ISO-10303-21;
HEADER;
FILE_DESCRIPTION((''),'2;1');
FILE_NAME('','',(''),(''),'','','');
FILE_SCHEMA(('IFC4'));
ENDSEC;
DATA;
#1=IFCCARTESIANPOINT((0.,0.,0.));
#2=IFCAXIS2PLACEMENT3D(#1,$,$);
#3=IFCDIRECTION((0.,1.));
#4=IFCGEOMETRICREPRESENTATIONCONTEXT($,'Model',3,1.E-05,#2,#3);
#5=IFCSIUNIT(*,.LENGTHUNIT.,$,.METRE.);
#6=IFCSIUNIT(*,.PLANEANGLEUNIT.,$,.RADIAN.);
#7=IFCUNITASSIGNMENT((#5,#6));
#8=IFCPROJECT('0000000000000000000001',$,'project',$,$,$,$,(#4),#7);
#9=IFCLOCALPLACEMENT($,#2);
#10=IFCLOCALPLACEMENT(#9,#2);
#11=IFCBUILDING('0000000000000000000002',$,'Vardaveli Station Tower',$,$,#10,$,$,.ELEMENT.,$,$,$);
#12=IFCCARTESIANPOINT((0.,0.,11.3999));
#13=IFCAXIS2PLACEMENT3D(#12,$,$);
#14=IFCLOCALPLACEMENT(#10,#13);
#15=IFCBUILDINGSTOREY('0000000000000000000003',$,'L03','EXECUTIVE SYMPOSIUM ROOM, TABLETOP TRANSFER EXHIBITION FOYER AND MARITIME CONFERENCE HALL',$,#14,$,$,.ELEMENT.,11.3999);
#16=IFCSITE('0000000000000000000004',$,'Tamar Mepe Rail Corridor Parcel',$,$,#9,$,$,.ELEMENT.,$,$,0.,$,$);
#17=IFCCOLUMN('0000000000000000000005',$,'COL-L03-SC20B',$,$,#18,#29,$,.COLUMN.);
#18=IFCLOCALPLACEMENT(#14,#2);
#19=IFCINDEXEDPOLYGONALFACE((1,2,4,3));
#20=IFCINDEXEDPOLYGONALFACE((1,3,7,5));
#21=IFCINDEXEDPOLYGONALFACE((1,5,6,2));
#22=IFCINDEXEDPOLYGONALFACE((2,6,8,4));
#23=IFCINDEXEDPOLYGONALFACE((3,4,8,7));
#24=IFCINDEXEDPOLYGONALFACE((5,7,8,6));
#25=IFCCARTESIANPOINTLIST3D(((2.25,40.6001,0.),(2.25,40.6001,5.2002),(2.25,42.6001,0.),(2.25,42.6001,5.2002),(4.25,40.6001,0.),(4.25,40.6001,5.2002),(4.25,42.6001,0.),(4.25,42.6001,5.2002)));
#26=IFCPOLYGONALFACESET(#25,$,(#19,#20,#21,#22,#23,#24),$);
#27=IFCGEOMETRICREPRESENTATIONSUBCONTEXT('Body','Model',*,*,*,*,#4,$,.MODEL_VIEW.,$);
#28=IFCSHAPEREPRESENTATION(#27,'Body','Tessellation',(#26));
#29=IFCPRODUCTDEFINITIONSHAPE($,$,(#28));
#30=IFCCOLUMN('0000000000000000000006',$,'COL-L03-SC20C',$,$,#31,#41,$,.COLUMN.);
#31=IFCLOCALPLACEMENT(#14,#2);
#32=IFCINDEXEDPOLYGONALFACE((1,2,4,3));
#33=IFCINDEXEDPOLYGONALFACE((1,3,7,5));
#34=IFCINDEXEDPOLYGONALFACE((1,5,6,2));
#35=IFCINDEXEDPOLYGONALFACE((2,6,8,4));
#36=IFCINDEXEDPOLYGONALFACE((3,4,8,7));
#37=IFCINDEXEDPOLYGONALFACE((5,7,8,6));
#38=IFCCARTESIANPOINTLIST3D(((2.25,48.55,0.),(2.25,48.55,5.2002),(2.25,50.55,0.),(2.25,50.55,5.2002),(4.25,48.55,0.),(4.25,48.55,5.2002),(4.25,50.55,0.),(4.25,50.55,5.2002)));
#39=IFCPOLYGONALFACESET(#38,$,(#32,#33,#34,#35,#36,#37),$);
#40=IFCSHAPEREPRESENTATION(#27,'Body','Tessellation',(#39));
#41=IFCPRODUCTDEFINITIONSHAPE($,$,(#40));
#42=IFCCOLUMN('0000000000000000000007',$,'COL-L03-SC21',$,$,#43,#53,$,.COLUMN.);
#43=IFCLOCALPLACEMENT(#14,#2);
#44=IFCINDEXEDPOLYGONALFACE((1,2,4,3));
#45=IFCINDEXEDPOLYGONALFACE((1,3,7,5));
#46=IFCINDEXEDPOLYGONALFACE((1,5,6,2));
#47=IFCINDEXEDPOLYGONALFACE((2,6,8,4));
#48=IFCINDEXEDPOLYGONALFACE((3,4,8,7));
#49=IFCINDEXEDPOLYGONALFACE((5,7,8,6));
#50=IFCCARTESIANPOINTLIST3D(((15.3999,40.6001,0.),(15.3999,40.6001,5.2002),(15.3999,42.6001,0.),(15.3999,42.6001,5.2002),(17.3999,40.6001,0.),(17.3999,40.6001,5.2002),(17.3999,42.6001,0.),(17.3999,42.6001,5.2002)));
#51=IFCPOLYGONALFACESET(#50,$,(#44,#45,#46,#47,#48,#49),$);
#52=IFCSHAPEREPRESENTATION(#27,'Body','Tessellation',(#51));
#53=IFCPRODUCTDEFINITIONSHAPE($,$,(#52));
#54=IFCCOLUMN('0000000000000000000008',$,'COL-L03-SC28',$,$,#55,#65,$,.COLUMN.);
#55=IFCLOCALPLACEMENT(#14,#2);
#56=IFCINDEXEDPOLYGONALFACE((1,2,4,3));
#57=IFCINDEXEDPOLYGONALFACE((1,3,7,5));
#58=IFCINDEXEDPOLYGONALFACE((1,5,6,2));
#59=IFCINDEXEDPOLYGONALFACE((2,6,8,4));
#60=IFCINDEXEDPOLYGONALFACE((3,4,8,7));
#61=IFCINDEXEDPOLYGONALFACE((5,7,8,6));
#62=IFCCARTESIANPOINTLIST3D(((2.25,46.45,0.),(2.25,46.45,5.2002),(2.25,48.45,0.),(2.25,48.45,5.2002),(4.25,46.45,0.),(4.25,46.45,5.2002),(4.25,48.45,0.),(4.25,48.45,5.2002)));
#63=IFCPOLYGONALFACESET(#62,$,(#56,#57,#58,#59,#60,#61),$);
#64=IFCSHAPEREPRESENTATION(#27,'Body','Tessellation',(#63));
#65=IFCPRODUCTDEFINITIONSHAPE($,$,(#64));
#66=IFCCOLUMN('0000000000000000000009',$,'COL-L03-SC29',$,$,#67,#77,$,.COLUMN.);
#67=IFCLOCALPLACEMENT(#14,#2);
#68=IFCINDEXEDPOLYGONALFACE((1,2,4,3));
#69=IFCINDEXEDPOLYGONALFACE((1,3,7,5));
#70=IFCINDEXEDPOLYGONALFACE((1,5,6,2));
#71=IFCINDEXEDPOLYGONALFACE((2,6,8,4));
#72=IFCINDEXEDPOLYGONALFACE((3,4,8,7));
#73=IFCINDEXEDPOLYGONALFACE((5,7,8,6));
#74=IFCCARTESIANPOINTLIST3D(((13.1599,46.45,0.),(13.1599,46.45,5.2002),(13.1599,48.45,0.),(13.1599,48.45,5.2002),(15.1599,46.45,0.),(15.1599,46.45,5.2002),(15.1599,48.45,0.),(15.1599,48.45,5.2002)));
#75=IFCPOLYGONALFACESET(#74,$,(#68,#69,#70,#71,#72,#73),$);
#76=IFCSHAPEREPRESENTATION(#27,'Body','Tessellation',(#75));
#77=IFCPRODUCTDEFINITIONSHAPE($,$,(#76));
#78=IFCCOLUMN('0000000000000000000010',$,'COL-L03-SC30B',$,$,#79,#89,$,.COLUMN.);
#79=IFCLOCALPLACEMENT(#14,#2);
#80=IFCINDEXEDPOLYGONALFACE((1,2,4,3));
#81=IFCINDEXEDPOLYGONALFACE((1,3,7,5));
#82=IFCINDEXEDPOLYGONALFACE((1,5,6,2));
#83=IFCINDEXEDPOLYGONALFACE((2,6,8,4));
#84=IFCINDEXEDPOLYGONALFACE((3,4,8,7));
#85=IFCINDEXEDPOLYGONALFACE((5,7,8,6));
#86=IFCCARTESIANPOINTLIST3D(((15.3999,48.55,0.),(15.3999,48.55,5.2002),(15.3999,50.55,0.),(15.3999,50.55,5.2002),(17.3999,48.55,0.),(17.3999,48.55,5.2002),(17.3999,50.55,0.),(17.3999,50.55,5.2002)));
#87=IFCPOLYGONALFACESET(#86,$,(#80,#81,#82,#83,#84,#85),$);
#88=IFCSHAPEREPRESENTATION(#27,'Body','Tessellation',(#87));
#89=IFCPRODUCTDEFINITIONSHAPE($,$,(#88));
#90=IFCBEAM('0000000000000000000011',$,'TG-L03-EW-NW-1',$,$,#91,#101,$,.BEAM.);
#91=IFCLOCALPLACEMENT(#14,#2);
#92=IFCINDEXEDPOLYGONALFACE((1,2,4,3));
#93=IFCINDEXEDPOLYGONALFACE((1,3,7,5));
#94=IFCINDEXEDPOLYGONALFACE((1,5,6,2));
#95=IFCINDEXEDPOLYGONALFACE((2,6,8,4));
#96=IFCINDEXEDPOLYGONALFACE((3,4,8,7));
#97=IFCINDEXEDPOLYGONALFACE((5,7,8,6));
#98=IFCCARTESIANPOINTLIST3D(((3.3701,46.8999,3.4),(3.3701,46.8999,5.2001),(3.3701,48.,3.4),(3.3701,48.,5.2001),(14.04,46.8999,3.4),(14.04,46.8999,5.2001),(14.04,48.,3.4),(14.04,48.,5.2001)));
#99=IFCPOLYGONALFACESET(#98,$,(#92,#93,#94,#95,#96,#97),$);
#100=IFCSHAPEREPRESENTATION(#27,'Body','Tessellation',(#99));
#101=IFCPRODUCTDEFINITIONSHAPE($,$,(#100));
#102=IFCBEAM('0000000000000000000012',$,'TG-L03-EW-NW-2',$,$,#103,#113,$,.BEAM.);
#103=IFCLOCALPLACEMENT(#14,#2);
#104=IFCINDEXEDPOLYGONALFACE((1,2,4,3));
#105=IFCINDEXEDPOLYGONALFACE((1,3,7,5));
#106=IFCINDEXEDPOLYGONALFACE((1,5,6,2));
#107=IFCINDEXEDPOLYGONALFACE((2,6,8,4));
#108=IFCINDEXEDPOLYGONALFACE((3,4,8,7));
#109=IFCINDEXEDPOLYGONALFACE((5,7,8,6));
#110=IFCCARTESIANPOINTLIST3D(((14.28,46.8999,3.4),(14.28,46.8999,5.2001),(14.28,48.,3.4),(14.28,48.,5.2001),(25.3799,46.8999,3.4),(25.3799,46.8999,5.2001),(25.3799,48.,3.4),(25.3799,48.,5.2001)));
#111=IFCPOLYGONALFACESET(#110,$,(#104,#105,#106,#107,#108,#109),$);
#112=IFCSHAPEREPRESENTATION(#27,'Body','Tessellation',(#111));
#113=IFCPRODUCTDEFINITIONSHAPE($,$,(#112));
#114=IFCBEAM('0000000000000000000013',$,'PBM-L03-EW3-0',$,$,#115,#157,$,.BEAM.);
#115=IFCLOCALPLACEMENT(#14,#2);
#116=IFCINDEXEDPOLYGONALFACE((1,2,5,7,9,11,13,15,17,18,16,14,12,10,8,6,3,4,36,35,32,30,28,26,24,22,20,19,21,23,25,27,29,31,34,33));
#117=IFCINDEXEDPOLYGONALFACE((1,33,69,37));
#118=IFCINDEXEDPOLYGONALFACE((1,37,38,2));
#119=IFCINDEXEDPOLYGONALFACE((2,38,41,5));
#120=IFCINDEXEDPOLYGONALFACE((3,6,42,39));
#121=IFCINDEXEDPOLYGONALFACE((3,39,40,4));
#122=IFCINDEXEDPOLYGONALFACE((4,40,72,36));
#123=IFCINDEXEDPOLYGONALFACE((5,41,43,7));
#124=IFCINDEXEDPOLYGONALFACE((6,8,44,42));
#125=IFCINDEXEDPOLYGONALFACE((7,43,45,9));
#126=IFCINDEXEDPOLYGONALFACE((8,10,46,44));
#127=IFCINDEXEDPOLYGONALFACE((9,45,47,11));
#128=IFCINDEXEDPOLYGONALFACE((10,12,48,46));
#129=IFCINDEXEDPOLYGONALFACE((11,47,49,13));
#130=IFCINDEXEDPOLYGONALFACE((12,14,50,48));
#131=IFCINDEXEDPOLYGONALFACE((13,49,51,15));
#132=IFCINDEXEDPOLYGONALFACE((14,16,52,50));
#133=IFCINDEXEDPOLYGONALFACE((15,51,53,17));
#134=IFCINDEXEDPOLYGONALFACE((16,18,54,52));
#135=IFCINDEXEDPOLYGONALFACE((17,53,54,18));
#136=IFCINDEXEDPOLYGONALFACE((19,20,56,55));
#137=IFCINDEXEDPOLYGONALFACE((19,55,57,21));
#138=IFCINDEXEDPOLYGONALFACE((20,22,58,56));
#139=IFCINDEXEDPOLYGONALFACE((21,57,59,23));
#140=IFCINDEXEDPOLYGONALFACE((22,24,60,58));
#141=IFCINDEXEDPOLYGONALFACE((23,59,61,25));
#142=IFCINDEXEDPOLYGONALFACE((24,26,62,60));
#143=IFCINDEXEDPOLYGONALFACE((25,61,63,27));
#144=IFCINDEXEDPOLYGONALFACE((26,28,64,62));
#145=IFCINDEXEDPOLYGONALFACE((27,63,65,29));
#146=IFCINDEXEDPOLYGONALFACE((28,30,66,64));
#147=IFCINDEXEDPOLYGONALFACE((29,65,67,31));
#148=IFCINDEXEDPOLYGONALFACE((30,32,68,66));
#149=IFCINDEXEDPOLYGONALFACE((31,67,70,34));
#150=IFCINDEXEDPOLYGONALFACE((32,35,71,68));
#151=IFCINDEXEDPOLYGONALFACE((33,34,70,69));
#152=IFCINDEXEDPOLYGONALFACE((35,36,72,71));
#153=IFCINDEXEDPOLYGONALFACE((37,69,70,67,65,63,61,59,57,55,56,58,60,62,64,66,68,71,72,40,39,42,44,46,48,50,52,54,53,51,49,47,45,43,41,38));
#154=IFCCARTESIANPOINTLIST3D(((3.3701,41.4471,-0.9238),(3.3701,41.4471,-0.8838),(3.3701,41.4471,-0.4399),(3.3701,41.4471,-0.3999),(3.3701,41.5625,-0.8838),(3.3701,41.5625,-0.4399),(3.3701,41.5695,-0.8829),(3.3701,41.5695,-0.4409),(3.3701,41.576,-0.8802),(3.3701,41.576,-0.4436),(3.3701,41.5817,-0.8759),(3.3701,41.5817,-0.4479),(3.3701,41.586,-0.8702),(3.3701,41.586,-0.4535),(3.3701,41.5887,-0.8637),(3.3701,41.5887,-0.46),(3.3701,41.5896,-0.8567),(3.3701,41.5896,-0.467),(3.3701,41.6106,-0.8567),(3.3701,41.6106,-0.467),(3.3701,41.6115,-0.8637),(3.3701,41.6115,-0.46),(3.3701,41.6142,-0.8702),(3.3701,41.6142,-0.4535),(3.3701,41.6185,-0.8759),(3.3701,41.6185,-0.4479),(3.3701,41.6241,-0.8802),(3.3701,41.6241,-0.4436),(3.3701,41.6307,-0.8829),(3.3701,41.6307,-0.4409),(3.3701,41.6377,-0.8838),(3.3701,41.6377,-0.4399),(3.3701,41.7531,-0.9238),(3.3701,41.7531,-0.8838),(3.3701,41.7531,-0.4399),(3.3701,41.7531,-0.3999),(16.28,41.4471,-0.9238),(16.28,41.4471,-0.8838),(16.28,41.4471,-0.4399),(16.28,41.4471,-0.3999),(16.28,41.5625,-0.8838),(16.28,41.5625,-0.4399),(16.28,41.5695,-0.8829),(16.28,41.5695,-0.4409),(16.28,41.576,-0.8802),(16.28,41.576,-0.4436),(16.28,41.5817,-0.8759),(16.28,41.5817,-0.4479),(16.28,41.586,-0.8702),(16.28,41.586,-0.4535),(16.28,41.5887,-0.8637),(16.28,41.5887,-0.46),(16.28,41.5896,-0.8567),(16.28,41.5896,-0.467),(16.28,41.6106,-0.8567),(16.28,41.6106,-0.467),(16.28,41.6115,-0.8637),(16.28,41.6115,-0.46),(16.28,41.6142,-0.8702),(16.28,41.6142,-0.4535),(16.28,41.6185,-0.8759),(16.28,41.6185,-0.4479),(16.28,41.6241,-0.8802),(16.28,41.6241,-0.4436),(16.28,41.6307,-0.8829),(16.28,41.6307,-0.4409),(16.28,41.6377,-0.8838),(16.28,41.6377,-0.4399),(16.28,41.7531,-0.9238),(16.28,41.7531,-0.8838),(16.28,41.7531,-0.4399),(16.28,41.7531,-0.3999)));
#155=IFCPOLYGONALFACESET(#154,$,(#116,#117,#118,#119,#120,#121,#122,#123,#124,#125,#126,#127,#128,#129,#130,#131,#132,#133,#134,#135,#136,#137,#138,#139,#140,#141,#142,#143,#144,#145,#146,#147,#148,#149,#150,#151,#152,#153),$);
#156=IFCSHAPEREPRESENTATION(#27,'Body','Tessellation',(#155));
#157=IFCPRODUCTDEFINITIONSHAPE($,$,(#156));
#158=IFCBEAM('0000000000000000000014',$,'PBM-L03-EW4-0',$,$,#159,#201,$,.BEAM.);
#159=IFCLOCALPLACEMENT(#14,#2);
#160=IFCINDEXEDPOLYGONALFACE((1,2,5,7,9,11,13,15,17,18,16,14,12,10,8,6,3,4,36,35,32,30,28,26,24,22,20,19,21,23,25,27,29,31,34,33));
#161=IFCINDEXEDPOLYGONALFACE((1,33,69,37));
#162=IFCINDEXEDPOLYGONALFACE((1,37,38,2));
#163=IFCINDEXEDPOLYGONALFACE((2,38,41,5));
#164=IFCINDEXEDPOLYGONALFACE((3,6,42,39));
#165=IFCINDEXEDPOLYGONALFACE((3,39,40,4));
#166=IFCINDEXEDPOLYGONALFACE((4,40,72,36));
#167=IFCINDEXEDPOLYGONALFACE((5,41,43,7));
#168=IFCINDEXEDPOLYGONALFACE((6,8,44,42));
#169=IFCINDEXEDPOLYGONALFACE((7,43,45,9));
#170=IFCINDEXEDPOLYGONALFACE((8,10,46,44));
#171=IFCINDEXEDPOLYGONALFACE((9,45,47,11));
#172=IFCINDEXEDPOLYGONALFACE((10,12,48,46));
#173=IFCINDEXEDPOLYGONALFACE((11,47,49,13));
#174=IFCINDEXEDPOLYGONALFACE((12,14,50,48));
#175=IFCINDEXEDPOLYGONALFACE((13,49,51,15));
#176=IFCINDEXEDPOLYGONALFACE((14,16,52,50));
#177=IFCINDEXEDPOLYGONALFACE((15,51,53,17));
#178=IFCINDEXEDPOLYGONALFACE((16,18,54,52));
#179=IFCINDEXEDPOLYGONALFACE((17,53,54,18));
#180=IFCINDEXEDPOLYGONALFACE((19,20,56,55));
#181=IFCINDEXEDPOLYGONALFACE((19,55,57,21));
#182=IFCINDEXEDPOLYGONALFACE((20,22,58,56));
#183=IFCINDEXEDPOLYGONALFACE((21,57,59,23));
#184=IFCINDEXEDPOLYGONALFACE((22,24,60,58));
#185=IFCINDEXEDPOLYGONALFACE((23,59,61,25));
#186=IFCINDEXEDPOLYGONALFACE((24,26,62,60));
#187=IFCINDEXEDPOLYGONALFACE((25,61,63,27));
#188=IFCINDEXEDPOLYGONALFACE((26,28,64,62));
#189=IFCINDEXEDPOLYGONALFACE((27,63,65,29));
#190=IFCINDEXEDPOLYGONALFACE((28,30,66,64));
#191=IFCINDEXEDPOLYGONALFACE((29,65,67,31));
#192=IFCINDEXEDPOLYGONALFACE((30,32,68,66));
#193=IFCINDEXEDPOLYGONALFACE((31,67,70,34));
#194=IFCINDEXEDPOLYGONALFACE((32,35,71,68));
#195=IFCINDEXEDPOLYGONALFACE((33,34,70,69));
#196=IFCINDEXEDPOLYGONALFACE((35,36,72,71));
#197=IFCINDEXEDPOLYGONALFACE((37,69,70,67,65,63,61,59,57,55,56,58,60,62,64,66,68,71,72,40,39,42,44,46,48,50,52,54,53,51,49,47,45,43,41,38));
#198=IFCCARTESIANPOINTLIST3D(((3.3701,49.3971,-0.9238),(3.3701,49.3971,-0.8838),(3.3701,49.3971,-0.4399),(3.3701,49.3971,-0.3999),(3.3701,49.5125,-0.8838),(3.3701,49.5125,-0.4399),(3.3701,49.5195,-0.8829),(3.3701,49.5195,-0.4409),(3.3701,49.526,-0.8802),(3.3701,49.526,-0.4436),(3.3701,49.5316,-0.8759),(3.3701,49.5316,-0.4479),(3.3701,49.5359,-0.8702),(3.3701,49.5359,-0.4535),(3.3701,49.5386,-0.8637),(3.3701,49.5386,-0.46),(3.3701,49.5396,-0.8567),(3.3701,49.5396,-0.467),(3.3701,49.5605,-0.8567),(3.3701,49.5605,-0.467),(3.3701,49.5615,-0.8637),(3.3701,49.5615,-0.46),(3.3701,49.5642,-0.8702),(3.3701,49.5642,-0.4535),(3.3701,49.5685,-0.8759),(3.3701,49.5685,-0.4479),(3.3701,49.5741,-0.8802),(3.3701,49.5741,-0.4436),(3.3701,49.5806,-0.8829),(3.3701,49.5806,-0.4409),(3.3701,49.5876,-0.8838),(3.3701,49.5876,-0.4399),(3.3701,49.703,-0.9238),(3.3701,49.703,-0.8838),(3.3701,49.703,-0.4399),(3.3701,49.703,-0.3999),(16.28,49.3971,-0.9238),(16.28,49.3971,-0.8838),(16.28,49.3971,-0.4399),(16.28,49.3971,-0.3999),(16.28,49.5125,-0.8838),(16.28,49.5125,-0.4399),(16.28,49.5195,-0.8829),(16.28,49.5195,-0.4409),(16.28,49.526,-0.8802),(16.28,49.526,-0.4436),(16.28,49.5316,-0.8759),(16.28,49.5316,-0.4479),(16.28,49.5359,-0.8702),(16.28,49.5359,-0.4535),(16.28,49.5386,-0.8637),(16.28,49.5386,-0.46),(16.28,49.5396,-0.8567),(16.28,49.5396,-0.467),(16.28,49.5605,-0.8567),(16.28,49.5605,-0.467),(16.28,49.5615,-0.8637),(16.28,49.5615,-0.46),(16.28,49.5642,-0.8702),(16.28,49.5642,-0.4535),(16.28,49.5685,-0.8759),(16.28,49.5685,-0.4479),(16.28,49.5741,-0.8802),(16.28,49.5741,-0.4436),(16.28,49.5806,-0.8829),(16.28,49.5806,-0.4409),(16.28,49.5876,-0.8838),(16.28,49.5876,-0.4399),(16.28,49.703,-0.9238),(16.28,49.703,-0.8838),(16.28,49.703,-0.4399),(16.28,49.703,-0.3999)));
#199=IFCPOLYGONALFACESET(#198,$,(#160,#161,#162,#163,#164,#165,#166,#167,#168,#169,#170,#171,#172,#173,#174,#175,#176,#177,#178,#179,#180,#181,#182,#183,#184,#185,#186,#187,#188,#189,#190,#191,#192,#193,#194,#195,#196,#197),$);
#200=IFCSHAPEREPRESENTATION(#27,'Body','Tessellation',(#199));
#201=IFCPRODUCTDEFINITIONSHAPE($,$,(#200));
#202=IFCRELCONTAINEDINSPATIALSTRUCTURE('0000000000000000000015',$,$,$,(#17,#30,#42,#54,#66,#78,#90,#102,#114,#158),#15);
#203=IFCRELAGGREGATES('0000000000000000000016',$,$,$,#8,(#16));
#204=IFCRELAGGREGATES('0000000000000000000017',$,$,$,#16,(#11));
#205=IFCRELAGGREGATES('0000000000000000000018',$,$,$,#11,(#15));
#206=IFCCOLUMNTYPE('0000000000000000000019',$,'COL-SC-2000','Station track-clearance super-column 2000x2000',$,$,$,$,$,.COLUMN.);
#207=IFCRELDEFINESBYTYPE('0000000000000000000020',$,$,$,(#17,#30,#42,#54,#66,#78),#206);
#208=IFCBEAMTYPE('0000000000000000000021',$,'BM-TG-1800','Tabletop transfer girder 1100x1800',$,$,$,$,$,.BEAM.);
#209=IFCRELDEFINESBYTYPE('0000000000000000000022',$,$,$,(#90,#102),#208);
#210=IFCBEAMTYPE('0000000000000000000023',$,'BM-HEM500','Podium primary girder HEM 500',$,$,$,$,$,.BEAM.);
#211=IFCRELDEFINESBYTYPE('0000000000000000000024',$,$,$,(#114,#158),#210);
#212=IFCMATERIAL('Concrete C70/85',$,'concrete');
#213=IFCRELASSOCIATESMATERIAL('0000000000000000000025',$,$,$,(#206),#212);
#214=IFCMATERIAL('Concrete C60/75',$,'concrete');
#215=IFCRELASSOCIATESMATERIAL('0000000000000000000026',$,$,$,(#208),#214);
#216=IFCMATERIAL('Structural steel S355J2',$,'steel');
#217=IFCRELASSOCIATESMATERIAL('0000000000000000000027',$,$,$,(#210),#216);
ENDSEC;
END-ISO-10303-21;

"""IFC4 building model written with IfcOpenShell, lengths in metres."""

from ifc_helpers import new_model, si_unit, direction, frame, origin, origin_2d, place, context, subcontext, project, spatial, rectangle, i_section, extrude, source, transform, mapped, material, material_profile, profile_set, type_object, element, save


model = new_model("IFC4")

# Units and contexts
model_context = context("Model", 3, precision=1e-05, world=origin(), true_north=direction((0.0, 1.0)))
body_context = subcontext(model_context, "Body", "Model", "MODEL_VIEW")
ifc_project = project(units=[si_unit("LENGTHUNIT", "METRE"), si_unit("PLANEANGLEUNIT", "RADIAN")], contexts=[model_context])

# Site, building, storey
site_placement = place(None, origin())
site = spatial("IfcSite", under=ifc_project, at=site_placement, Name="Tamar Mepe Rail Corridor Parcel", CompositionType="ELEMENT", RefElevation=0.0)
building_placement = place(site_placement, origin())
building = spatial("IfcBuilding", under=site, at=building_placement, Name="Vardaveli Station Tower", CompositionType="ELEMENT")
storey_placement = place(building_placement, frame((0.0, 0.0, 11.3999)))
storey = spatial("IfcBuildingStorey", under=building, at=storey_placement, Name="L03", Description="EXECUTIVE SYMPOSIUM ROOM, TABLETOP TRANSFER EXHIBITION FOYER AND MARITIME CONFERENCE HALL", CompositionType="ELEMENT", Elevation=11.3999)

# Columns
ifc_material_1 = material(Name="Concrete C70/85", Category="concrete")
ifc_material_profile_1 = material_profile(ifc_material_1, rectangle(XDim=2.0, YDim=2.0, at=origin_2d()), Name="SC 2000x2000")
ifc_profile_set_1 = profile_set([ifc_material_profile_1], Name="Concrete C70/85")
column_type = type_object("IfcColumnType", Name="COL-SC-2000", Description="Station track-clearance super-column 2000x2000", PredefinedType="COLUMN", material=ifc_profile_set_1)
shared_shape_1 = source(origin(), body_context, "Body", "SweptSolid", [
    extrude(rectangle(XDim=2.0, YDim=2.0, at=origin_2d()), origin(), (0.0, 0.0, 1.0), 5.2002),
])
for number, where, z_axis, x_axis, name in (
    (1, (3.25, 41.6001, 0.0), (0.0, 0.0, 1.0), (1.0, 0.0, 0.0), "COL-L03-SC20B"),
    (2, (3.25, 49.55, 0.0), (0.0, 0.0, 1.0), (1.0, 0.0, 0.0), "COL-L03-SC20C"),
    (3, (16.3999, 41.6001, 0.0), (0.0, 0.0, 1.0), (1.0, 0.0, 0.0), "COL-L03-SC21"),
    (4, (3.25, 47.45, 0.0), (0.0, 0.0, 1.0), (1.0, 0.0, 0.0), "COL-L03-SC28"),
    (5, (14.1599, 47.45, 0.0), (0.0, 0.0, 1.0), (1.0, 0.0, 0.0), "COL-L03-SC29"),
    (6, (16.3999, 49.55, 0.0), (0.0, 0.0, 1.0), (1.0, 0.0, 0.0), "COL-L03-SC30B"),
):
    element("IfcColumn", number, at=place(storey_placement, frame(where, z_axis=z_axis, x_axis=x_axis)), inside=storey, type_object=column_type, Name=name, PredefinedType="COLUMN", context=body_context, shape_type="MappedRepresentation", body=[
        mapped(shared_shape_1, transform((0.0, 0.0, 0.0), scale=1.0)),
    ])

# Beams
ifc_material_2 = material(Name="Concrete C60/75", Category="concrete")
ifc_material_profile_2 = material_profile(ifc_material_2, rectangle(XDim=1.1001, YDim=1.8, at=origin_2d()), Name="TG 1100x1800")
ifc_profile_set_2 = profile_set([ifc_material_profile_2], Name="Concrete C60/75")
beam_type_1 = type_object("IfcBeamType", Name="BM-TG-1800", Description="Tabletop transfer girder 1100x1800", PredefinedType="BEAM", material=ifc_profile_set_2)
shared_shape_2 = source(origin(), body_context, "Body", "SweptSolid", [
    extrude(rectangle(XDim=1.1001, YDim=1.8, at=origin_2d()), origin(), (0.0, 0.0, 1.0), 10.6699),
])
beam_1_placement = place(storey_placement, frame((3.3701, 47.45, 4.3), z_axis=(1.0, 0.0, 0.0), x_axis=(0.0, 1.0, 0.0)))
element("IfcBeam", 7, at=beam_1_placement, inside=storey, type_object=beam_type_1, Name="TG-L03-EW-NW-1", PredefinedType="BEAM", context=body_context, shape_type="MappedRepresentation", body=[
    mapped(shared_shape_2, transform((0.0, 0.0, 0.0), scale=1.0)),
])
shared_shape_3 = source(origin(), body_context, "Body", "SweptSolid", [
    extrude(rectangle(XDim=1.1001, YDim=1.8, at=origin_2d()), origin(), (0.0, 0.0, 1.0), 11.0999),
])
beam_2_placement = place(storey_placement, frame((14.28, 47.45, 4.3), z_axis=(1.0, 0.0, 0.0), x_axis=(0.0, 1.0, 0.0)))
element("IfcBeam", 8, at=beam_2_placement, inside=storey, type_object=beam_type_1, Name="TG-L03-EW-NW-2", PredefinedType="BEAM", context=body_context, shape_type="MappedRepresentation", body=[
    mapped(shared_shape_3, transform((0.0, 0.0, 0.0), scale=1.0)),
])
ifc_material_3 = material(Name="Structural steel S355J2", Category="steel")
ifc_material_profile_3 = material_profile(ifc_material_3, i_section(OverallWidth=0.3059, OverallDepth=0.5239, WebThickness=0.021, FlangeThickness=0.04, FilletRadius=0.0271, at=origin_2d()), Name="HEM 500")
ifc_profile_set_3 = profile_set([ifc_material_profile_3], Name="Structural steel S355J2")
beam_type_2 = type_object("IfcBeamType", Name="BM-HEM500", Description="Podium primary girder HEM 500", PredefinedType="BEAM", material=ifc_profile_set_3)
shared_shape_4 = source(origin(), body_context, "Body", "SweptSolid", [
    extrude(i_section(OverallWidth=0.3059, OverallDepth=0.5239, WebThickness=0.021, FlangeThickness=0.04, FilletRadius=0.0271, at=origin_2d()), origin(), (0.0, 0.0, 1.0), 12.9099),
])
for number, where, z_axis, x_axis, name in (
    (9, (3.3701, 41.6001, -0.6619), (1.0, 0.0, 0.0), (0.0, 1.0, 0.0), "PBM-L03-EW3-0"),
    (10, (3.3701, 49.55, -0.6619), (1.0, 0.0, 0.0), (0.0, 1.0, 0.0), "PBM-L03-EW4-0"),
):
    element("IfcBeam", number, at=place(storey_placement, frame(where, z_axis=z_axis, x_axis=x_axis)), inside=storey, type_object=beam_type_2, Name=name, PredefinedType="BEAM", context=body_context, shape_type="MappedRepresentation", body=[
        mapped(shared_shape_4, transform((0.0, 0.0, 0.0), scale=1.0)),
    ])

save(model, "model.ifc")
